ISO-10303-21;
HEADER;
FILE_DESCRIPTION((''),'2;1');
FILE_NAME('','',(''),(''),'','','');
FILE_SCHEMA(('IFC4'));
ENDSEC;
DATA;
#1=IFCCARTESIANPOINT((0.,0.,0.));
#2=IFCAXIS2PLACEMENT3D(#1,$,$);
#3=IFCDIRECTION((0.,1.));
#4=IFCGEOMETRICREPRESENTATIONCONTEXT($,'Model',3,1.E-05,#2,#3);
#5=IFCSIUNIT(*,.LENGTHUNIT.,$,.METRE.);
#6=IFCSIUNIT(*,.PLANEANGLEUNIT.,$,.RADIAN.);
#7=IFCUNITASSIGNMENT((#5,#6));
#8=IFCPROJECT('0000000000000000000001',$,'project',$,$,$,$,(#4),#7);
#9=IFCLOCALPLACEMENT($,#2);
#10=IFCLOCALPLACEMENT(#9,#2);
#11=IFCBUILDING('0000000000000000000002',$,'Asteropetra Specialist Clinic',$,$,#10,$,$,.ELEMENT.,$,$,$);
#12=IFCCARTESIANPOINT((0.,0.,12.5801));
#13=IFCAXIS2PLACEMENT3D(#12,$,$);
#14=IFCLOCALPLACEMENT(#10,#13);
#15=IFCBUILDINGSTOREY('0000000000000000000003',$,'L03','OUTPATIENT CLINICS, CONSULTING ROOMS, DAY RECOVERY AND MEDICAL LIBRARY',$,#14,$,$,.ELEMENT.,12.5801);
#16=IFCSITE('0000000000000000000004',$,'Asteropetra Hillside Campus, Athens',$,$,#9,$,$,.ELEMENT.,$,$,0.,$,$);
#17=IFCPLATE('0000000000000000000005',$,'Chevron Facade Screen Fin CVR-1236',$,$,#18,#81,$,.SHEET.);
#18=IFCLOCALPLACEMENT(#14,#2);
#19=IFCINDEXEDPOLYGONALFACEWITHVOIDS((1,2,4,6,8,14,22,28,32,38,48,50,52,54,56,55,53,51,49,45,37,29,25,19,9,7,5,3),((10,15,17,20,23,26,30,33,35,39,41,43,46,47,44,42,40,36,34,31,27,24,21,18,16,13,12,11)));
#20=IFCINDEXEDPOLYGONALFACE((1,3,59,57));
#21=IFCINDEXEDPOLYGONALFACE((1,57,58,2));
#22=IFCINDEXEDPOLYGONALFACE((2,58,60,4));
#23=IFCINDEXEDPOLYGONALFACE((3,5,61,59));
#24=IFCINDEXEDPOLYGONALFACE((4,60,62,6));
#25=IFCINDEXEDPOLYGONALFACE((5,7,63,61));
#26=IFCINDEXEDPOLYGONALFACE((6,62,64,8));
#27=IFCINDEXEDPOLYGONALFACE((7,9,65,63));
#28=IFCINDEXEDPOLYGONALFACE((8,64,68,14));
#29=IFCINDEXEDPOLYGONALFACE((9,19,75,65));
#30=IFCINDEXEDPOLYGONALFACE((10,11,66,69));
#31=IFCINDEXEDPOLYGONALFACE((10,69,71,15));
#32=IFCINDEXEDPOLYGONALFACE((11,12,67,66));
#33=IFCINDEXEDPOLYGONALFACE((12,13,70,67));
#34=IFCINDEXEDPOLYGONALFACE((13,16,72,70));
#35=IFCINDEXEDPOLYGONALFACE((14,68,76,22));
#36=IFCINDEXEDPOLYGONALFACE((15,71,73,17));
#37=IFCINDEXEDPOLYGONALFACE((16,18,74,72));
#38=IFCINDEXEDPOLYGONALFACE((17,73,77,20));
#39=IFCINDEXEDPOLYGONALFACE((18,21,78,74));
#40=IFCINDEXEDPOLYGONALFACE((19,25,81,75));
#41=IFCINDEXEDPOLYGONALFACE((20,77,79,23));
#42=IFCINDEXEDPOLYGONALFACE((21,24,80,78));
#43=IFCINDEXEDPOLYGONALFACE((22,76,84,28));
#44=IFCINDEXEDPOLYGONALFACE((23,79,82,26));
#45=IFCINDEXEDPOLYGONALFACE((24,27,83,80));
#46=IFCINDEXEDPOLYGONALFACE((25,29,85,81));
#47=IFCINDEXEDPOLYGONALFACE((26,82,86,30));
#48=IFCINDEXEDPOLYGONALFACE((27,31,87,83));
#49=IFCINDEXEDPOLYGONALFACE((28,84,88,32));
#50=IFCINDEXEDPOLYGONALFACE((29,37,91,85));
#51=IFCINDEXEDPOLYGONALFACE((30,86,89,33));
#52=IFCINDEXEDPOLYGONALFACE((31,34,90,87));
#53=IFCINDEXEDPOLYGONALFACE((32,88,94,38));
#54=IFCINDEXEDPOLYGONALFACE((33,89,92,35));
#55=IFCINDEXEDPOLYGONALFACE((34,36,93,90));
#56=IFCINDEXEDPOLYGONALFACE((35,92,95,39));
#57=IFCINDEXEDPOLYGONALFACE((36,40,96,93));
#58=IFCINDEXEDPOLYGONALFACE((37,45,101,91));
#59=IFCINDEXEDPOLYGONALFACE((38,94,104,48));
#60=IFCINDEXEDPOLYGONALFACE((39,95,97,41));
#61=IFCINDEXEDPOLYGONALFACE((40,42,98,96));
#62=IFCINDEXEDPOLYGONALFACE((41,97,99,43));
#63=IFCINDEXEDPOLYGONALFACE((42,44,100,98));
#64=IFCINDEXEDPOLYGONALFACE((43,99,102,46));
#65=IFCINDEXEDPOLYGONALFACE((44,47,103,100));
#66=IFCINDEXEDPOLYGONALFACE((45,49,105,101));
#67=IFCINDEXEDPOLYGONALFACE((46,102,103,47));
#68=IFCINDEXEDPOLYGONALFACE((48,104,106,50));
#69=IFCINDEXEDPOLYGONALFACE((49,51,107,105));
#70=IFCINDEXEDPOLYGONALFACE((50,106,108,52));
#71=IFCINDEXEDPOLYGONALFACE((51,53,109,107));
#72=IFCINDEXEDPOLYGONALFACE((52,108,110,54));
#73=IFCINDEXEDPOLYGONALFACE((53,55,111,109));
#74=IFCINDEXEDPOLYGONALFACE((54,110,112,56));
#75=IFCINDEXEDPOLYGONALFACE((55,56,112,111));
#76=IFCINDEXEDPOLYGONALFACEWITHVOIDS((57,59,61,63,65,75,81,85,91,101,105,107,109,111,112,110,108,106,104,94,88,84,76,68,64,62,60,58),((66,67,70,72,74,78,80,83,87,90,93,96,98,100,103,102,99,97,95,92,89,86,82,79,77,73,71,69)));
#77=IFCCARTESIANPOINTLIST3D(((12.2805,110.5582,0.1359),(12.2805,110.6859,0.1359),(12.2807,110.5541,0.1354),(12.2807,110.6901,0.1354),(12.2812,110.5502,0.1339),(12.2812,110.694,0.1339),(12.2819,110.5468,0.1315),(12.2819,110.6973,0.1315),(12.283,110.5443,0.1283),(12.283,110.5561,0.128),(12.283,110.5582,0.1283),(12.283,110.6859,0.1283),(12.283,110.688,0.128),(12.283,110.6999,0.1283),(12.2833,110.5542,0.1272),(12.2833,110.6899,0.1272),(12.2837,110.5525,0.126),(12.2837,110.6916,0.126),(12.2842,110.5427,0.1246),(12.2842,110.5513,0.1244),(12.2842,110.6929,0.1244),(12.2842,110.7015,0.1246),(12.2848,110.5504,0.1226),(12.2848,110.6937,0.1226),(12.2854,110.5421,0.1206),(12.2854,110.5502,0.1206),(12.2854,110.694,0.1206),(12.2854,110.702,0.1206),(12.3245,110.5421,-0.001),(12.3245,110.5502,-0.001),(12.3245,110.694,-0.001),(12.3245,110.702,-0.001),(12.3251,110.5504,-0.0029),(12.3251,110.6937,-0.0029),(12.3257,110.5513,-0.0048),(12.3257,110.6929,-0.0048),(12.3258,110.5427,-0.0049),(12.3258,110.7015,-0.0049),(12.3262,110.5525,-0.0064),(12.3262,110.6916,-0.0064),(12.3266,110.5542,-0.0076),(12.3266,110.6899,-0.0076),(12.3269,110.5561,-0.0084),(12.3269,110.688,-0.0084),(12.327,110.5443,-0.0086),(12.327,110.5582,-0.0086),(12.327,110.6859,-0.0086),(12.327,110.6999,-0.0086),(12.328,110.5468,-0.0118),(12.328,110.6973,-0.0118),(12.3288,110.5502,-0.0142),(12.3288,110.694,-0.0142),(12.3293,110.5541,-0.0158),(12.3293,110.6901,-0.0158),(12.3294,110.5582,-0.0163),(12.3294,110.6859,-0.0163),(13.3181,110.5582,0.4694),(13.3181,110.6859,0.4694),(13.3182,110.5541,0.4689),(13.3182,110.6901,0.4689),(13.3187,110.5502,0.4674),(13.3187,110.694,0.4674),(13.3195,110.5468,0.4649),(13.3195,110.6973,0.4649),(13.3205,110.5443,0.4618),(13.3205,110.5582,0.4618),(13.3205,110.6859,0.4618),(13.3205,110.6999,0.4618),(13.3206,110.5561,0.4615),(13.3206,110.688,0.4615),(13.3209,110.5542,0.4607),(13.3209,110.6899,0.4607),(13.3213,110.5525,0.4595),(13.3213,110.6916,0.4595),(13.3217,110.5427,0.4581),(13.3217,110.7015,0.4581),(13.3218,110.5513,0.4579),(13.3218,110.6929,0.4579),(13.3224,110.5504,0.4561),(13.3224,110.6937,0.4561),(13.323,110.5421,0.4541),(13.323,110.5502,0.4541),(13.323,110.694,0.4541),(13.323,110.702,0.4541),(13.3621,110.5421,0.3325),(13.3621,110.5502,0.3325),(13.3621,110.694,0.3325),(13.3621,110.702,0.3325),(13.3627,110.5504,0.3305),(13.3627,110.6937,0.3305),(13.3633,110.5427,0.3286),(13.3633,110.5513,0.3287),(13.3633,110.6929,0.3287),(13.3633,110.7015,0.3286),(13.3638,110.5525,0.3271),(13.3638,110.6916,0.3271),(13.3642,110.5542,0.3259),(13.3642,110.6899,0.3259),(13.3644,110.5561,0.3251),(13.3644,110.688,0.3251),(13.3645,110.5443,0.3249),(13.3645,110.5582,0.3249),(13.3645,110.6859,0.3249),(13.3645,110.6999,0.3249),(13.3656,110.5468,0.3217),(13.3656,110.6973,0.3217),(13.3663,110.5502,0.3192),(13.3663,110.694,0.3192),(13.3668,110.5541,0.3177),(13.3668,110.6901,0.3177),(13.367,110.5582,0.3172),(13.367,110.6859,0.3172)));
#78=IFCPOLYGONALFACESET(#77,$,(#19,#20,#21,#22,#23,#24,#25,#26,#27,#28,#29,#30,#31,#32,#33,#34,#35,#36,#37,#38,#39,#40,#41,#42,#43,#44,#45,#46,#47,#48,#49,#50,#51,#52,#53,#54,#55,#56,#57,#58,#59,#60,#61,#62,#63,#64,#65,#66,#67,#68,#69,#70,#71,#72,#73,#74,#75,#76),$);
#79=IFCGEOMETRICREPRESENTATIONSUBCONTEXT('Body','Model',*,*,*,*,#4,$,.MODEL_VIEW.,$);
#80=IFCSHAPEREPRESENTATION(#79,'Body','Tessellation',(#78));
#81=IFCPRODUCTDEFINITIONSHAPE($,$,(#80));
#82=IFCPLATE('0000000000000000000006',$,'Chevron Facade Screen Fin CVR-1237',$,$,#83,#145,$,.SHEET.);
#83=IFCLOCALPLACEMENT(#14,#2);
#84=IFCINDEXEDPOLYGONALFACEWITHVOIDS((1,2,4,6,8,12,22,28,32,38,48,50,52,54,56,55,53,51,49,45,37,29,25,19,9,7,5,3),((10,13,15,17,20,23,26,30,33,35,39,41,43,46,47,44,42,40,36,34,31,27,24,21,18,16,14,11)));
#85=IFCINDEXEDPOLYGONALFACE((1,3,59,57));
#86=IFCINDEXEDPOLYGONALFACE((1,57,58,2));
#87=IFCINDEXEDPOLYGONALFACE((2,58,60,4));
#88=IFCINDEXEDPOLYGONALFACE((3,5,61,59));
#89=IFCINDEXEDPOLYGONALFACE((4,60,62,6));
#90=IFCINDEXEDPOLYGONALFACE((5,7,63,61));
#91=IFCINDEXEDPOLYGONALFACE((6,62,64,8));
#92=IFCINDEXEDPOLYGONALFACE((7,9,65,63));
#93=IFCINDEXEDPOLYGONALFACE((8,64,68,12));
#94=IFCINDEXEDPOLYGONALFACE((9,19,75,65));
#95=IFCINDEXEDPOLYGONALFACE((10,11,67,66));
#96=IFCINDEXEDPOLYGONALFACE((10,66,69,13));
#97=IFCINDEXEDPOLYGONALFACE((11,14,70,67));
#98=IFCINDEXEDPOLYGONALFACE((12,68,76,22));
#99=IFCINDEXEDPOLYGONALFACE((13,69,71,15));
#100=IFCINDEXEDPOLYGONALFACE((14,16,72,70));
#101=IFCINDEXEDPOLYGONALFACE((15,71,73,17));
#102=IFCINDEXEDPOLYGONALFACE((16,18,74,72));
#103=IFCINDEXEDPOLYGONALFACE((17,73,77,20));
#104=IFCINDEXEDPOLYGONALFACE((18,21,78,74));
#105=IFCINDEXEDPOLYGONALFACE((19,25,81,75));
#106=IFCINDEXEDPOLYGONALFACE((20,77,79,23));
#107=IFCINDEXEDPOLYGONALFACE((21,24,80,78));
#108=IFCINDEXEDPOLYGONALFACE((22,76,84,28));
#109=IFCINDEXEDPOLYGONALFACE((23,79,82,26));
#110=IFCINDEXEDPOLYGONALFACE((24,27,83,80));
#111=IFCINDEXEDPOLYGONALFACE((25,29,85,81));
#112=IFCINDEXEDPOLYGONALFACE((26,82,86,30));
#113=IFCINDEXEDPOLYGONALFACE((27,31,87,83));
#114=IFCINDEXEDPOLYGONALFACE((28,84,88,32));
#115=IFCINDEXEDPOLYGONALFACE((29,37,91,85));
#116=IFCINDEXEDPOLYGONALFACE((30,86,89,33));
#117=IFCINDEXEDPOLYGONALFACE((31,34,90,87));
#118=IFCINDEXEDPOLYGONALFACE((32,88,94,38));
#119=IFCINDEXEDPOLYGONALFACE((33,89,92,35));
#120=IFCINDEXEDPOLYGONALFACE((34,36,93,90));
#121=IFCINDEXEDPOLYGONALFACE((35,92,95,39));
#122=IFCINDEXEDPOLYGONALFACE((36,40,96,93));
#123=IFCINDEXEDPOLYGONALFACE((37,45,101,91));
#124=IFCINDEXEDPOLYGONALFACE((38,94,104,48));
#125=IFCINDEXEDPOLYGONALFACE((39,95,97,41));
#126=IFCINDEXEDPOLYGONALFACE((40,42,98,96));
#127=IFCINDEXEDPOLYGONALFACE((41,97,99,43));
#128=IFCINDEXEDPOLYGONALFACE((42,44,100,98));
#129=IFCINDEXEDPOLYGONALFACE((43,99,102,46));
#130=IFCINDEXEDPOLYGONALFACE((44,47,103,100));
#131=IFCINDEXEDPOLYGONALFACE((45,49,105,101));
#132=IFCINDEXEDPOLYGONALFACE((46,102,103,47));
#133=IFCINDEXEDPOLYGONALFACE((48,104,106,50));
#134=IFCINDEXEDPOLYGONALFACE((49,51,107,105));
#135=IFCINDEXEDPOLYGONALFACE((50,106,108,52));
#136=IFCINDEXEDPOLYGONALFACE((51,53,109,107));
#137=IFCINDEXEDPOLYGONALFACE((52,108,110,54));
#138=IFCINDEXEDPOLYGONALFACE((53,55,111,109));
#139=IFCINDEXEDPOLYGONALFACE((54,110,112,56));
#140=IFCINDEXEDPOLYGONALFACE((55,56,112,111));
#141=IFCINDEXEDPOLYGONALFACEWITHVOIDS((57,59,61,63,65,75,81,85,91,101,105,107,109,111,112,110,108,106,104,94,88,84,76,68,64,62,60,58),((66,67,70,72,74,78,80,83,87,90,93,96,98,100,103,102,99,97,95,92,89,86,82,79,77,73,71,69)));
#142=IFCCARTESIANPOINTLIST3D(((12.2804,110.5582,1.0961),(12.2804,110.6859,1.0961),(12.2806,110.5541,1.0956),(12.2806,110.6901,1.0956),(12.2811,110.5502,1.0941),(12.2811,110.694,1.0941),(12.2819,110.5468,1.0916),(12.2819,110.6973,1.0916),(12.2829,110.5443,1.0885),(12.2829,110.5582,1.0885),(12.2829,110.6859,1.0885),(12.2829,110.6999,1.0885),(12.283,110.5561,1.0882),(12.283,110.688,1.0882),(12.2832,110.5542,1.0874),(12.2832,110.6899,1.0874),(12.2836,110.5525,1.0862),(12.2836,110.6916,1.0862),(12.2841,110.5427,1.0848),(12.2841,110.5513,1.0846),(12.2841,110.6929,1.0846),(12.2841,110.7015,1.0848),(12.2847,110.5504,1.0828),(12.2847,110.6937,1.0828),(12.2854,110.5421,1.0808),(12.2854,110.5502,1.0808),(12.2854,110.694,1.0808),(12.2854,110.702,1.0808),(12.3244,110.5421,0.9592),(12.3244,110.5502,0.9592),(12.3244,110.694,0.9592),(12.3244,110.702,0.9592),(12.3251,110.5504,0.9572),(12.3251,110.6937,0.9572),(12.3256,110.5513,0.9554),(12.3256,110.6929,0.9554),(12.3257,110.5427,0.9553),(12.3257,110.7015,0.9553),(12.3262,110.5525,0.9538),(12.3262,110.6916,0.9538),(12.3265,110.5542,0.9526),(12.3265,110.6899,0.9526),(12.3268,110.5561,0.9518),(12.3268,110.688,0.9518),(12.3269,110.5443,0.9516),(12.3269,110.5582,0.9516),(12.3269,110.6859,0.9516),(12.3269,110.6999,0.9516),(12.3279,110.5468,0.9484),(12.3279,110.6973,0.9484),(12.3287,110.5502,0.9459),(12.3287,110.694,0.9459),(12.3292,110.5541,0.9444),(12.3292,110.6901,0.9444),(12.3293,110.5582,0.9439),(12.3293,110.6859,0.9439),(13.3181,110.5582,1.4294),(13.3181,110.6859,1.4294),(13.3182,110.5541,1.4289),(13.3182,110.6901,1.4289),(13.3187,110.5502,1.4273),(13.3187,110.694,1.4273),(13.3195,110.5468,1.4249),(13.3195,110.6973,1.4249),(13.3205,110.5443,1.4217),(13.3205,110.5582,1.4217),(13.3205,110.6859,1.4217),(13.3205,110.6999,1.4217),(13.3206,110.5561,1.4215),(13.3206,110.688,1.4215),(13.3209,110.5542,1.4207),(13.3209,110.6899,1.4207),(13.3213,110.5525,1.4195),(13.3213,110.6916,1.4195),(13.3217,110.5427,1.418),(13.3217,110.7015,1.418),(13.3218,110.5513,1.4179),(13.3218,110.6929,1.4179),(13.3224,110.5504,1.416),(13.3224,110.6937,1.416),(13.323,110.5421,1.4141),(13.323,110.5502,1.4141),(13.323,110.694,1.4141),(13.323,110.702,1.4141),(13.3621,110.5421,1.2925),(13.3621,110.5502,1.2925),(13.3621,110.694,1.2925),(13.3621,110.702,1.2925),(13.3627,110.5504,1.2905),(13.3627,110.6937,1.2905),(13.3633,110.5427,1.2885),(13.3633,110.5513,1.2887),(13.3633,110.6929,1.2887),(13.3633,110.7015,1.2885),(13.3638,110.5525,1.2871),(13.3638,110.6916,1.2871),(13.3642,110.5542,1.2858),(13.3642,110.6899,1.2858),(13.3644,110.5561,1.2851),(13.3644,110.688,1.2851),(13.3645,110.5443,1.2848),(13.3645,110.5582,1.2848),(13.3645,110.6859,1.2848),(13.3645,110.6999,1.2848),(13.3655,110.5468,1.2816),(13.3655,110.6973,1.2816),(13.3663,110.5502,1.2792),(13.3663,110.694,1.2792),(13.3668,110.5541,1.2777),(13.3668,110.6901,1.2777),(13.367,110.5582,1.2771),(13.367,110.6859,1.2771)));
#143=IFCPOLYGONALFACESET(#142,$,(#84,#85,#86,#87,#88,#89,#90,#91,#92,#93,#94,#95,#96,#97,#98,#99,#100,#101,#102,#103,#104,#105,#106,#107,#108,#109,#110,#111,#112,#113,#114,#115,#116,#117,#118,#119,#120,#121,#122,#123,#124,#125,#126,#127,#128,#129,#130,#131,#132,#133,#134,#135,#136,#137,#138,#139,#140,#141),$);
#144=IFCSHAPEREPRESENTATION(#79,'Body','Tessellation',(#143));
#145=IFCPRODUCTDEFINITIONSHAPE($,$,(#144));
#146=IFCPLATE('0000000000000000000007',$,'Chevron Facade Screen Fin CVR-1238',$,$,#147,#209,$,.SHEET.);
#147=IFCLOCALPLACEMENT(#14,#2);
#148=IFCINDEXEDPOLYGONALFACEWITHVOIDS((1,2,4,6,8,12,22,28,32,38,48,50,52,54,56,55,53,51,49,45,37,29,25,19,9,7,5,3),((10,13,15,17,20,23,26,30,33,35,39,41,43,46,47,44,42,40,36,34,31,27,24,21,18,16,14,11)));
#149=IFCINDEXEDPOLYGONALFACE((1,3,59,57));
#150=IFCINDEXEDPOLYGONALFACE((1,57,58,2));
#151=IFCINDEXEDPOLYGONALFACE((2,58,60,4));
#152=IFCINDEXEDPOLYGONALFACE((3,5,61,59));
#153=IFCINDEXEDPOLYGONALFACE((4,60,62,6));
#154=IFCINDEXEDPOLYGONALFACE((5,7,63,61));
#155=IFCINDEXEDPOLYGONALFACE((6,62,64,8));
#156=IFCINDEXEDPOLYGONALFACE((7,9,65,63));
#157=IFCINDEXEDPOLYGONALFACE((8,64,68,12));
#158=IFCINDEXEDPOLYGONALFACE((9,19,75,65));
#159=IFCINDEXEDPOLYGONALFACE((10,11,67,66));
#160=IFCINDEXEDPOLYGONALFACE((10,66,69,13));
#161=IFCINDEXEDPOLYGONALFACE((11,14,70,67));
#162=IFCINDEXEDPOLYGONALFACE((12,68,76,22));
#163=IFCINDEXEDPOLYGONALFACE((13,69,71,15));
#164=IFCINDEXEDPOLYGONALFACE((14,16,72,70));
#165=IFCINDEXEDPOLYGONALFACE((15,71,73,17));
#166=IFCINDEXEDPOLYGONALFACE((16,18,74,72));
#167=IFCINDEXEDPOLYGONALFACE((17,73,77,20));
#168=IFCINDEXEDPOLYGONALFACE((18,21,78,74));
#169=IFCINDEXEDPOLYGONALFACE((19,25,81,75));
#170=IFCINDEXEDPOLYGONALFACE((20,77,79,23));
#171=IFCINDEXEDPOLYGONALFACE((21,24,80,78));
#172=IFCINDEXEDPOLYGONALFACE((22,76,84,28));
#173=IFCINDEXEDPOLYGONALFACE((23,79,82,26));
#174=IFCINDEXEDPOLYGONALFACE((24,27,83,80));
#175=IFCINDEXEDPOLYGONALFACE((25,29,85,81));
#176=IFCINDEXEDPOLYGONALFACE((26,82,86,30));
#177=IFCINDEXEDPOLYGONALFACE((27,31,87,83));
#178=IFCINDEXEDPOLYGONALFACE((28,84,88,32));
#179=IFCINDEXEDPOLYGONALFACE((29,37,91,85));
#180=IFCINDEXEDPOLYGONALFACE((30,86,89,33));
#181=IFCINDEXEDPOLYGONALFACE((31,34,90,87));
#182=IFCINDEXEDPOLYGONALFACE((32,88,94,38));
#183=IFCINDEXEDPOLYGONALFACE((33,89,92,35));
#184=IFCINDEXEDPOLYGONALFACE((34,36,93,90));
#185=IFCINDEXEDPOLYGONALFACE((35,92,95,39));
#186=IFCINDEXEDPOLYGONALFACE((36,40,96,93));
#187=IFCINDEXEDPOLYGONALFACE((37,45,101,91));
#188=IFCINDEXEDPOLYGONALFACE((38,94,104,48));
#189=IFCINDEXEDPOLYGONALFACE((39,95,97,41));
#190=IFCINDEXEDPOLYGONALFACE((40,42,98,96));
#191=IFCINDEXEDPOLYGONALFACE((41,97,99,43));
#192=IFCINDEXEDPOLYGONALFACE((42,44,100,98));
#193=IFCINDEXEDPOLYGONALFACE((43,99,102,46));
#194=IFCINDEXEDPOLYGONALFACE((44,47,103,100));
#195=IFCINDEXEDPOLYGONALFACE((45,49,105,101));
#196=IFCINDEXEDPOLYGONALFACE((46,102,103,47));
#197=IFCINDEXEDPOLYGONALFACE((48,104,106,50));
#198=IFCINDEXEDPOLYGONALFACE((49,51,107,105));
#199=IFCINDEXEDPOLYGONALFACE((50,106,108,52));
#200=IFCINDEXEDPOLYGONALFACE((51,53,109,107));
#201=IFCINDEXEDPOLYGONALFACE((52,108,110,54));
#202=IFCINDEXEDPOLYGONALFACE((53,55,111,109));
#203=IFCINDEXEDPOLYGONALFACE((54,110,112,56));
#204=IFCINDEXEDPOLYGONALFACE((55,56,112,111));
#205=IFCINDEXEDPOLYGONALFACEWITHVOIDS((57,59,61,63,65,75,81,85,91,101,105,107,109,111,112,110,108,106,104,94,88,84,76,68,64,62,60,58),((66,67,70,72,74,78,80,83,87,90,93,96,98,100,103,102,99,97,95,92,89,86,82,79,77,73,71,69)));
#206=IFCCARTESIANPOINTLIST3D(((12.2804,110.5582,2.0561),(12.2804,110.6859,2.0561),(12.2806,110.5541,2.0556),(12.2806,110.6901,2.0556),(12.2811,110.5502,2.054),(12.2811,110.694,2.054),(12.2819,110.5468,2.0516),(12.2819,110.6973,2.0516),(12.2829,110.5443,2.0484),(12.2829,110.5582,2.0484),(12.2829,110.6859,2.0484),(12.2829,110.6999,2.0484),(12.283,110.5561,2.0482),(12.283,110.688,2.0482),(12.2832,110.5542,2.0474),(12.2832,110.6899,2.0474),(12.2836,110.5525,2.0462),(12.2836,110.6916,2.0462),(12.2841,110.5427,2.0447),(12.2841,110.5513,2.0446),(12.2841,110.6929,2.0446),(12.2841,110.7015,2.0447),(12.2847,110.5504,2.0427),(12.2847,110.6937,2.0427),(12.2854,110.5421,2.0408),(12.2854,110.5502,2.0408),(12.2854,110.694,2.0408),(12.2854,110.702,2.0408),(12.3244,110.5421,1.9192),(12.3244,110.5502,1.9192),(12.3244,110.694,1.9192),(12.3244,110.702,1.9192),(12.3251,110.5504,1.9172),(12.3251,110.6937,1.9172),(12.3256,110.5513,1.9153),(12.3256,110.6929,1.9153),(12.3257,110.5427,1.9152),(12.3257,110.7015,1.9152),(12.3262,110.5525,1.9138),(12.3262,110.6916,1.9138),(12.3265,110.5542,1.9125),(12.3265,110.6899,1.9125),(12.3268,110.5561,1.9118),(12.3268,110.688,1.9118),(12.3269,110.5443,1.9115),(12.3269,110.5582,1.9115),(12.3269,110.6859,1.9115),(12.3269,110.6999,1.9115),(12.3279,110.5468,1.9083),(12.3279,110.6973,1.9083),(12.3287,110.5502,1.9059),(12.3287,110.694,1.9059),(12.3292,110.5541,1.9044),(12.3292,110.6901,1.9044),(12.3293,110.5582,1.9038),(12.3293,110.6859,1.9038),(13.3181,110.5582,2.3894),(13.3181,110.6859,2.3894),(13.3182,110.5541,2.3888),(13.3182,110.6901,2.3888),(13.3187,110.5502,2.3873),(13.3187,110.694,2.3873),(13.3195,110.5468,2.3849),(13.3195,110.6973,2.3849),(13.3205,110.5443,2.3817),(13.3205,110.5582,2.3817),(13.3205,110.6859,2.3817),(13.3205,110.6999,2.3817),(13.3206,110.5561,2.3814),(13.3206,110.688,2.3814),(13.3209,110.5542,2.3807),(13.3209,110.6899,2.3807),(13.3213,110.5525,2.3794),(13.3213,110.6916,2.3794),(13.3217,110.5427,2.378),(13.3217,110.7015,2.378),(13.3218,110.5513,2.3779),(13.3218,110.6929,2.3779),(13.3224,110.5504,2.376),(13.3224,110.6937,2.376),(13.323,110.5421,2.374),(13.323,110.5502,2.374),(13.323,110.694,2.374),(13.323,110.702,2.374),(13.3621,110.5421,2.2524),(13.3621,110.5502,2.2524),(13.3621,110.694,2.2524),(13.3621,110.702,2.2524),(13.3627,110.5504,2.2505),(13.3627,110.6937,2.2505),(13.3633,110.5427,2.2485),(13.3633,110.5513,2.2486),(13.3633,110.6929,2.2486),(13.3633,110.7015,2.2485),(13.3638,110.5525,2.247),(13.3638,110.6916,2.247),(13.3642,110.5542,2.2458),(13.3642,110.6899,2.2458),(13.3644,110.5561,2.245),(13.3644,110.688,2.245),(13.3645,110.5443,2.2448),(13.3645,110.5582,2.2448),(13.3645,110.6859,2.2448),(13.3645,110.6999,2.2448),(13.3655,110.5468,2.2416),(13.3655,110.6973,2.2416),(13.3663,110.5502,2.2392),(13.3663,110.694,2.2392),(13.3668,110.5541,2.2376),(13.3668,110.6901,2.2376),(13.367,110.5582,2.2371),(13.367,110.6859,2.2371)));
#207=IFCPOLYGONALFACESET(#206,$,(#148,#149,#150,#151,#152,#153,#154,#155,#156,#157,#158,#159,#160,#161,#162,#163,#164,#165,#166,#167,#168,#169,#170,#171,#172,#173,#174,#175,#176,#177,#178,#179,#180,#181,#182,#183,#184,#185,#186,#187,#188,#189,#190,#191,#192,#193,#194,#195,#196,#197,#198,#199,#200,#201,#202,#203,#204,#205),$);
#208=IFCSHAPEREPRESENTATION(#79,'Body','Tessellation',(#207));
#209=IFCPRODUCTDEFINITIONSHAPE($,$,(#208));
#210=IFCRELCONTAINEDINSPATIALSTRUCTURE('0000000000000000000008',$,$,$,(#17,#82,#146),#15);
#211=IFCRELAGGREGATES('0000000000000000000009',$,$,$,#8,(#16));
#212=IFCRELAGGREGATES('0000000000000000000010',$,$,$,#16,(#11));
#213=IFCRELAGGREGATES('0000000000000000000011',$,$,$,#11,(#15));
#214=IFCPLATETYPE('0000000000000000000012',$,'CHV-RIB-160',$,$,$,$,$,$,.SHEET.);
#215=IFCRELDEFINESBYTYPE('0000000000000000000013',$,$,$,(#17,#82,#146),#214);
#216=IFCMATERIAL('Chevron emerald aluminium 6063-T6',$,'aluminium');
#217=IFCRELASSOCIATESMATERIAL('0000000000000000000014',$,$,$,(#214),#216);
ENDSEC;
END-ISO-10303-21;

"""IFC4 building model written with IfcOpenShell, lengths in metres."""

from ifc_helpers import new_model, si_unit, direction, frame, origin, origin_2d, place, context, subcontext, project, spatial, hollow_rectangle, extrude, material, material_profile, profile_set, type_object, element, save


model = new_model("IFC4")

# Units and contexts
model_context = context("Model", 3, precision=1e-05, world=origin(), true_north=direction((0.0, 1.0)))
body_context = subcontext(model_context, "Body", "Model", "MODEL_VIEW")
ifc_project = project(units=[si_unit("LENGTHUNIT", "METRE"), si_unit("PLANEANGLEUNIT", "RADIAN")], contexts=[model_context])

# Site, building, storey
site_placement = place(None, origin())
site = spatial("IfcSite", under=ifc_project, at=site_placement, Name="Asteropetra Hillside Campus, Athens", CompositionType="ELEMENT", RefElevation=0.0)
building_placement = place(site_placement, origin())
building = spatial("IfcBuilding", under=site, at=building_placement, Name="Asteropetra Specialist Clinic", CompositionType="ELEMENT")
storey_placement = place(building_placement, frame((0.0, 0.0, 12.5801)))
storey = spatial("IfcBuildingStorey", under=building, at=storey_placement, Name="L03", Description="OUTPATIENT CLINICS, CONSULTING ROOMS, DAY RECOVERY AND MEDICAL LIBRARY", CompositionType="ELEMENT", Elevation=12.5801)

# Plates
ifc_material_1 = material(Name="Chevron emerald aluminium 6063-T6", Category="aluminium")
ifc_material_profile = material_profile(ifc_material_1, hollow_rectangle(XDim=0.1599, YDim=0.1599, WallThickness=0.0081, InnerFilletRadius=0.0081, OuterFilletRadius=0.0161, at=origin_2d()), Name="SHS 160x160x8.0")
ifc_profile_set = profile_set([ifc_material_profile], Name="Chevron emerald aluminium 6063-T6")
plate_type_1 = type_object("IfcPlateType", Name="CHV-RIB-160", PredefinedType="SHEET", material=ifc_profile_set)
for number, where, z_axis, x_axis, name in (
    (1, (13.3425, 110.6221, 0.3933), (-0.952033, 0.0, -0.305995), (0.0, -1.0, 0.0), "Chevron Facade Screen Fin CVR-1236"),
    (2, (13.3425, 110.6221, 1.3533), (-0.952098, 0.0, -0.305792), (0.0, -1.0, 0.0), "Chevron Facade Screen Fin CVR-1237"),
    (3, (13.3425, 110.6221, 2.3132), (-0.952098, 0.0, -0.305792), (0.0, -1.0, 0.0), "Chevron Facade Screen Fin CVR-1238"),
):
    element("IfcPlate", number, at=place(storey_placement, frame(where, z_axis=z_axis, x_axis=x_axis)), inside=storey, type_object=plate_type_1, Name=name, PredefinedType="SHEET", context=body_context, shape_type="SweptSolid", body=[
        extrude(hollow_rectangle(XDim=0.1599, YDim=0.1599, WallThickness=0.0081, InnerFilletRadius=0.0081, OuterFilletRadius=0.0161, at=origin_2d()), origin(), (0.0, 0.0, 1.0), 1.0898),
    ])

save(model, "model.ifc")
